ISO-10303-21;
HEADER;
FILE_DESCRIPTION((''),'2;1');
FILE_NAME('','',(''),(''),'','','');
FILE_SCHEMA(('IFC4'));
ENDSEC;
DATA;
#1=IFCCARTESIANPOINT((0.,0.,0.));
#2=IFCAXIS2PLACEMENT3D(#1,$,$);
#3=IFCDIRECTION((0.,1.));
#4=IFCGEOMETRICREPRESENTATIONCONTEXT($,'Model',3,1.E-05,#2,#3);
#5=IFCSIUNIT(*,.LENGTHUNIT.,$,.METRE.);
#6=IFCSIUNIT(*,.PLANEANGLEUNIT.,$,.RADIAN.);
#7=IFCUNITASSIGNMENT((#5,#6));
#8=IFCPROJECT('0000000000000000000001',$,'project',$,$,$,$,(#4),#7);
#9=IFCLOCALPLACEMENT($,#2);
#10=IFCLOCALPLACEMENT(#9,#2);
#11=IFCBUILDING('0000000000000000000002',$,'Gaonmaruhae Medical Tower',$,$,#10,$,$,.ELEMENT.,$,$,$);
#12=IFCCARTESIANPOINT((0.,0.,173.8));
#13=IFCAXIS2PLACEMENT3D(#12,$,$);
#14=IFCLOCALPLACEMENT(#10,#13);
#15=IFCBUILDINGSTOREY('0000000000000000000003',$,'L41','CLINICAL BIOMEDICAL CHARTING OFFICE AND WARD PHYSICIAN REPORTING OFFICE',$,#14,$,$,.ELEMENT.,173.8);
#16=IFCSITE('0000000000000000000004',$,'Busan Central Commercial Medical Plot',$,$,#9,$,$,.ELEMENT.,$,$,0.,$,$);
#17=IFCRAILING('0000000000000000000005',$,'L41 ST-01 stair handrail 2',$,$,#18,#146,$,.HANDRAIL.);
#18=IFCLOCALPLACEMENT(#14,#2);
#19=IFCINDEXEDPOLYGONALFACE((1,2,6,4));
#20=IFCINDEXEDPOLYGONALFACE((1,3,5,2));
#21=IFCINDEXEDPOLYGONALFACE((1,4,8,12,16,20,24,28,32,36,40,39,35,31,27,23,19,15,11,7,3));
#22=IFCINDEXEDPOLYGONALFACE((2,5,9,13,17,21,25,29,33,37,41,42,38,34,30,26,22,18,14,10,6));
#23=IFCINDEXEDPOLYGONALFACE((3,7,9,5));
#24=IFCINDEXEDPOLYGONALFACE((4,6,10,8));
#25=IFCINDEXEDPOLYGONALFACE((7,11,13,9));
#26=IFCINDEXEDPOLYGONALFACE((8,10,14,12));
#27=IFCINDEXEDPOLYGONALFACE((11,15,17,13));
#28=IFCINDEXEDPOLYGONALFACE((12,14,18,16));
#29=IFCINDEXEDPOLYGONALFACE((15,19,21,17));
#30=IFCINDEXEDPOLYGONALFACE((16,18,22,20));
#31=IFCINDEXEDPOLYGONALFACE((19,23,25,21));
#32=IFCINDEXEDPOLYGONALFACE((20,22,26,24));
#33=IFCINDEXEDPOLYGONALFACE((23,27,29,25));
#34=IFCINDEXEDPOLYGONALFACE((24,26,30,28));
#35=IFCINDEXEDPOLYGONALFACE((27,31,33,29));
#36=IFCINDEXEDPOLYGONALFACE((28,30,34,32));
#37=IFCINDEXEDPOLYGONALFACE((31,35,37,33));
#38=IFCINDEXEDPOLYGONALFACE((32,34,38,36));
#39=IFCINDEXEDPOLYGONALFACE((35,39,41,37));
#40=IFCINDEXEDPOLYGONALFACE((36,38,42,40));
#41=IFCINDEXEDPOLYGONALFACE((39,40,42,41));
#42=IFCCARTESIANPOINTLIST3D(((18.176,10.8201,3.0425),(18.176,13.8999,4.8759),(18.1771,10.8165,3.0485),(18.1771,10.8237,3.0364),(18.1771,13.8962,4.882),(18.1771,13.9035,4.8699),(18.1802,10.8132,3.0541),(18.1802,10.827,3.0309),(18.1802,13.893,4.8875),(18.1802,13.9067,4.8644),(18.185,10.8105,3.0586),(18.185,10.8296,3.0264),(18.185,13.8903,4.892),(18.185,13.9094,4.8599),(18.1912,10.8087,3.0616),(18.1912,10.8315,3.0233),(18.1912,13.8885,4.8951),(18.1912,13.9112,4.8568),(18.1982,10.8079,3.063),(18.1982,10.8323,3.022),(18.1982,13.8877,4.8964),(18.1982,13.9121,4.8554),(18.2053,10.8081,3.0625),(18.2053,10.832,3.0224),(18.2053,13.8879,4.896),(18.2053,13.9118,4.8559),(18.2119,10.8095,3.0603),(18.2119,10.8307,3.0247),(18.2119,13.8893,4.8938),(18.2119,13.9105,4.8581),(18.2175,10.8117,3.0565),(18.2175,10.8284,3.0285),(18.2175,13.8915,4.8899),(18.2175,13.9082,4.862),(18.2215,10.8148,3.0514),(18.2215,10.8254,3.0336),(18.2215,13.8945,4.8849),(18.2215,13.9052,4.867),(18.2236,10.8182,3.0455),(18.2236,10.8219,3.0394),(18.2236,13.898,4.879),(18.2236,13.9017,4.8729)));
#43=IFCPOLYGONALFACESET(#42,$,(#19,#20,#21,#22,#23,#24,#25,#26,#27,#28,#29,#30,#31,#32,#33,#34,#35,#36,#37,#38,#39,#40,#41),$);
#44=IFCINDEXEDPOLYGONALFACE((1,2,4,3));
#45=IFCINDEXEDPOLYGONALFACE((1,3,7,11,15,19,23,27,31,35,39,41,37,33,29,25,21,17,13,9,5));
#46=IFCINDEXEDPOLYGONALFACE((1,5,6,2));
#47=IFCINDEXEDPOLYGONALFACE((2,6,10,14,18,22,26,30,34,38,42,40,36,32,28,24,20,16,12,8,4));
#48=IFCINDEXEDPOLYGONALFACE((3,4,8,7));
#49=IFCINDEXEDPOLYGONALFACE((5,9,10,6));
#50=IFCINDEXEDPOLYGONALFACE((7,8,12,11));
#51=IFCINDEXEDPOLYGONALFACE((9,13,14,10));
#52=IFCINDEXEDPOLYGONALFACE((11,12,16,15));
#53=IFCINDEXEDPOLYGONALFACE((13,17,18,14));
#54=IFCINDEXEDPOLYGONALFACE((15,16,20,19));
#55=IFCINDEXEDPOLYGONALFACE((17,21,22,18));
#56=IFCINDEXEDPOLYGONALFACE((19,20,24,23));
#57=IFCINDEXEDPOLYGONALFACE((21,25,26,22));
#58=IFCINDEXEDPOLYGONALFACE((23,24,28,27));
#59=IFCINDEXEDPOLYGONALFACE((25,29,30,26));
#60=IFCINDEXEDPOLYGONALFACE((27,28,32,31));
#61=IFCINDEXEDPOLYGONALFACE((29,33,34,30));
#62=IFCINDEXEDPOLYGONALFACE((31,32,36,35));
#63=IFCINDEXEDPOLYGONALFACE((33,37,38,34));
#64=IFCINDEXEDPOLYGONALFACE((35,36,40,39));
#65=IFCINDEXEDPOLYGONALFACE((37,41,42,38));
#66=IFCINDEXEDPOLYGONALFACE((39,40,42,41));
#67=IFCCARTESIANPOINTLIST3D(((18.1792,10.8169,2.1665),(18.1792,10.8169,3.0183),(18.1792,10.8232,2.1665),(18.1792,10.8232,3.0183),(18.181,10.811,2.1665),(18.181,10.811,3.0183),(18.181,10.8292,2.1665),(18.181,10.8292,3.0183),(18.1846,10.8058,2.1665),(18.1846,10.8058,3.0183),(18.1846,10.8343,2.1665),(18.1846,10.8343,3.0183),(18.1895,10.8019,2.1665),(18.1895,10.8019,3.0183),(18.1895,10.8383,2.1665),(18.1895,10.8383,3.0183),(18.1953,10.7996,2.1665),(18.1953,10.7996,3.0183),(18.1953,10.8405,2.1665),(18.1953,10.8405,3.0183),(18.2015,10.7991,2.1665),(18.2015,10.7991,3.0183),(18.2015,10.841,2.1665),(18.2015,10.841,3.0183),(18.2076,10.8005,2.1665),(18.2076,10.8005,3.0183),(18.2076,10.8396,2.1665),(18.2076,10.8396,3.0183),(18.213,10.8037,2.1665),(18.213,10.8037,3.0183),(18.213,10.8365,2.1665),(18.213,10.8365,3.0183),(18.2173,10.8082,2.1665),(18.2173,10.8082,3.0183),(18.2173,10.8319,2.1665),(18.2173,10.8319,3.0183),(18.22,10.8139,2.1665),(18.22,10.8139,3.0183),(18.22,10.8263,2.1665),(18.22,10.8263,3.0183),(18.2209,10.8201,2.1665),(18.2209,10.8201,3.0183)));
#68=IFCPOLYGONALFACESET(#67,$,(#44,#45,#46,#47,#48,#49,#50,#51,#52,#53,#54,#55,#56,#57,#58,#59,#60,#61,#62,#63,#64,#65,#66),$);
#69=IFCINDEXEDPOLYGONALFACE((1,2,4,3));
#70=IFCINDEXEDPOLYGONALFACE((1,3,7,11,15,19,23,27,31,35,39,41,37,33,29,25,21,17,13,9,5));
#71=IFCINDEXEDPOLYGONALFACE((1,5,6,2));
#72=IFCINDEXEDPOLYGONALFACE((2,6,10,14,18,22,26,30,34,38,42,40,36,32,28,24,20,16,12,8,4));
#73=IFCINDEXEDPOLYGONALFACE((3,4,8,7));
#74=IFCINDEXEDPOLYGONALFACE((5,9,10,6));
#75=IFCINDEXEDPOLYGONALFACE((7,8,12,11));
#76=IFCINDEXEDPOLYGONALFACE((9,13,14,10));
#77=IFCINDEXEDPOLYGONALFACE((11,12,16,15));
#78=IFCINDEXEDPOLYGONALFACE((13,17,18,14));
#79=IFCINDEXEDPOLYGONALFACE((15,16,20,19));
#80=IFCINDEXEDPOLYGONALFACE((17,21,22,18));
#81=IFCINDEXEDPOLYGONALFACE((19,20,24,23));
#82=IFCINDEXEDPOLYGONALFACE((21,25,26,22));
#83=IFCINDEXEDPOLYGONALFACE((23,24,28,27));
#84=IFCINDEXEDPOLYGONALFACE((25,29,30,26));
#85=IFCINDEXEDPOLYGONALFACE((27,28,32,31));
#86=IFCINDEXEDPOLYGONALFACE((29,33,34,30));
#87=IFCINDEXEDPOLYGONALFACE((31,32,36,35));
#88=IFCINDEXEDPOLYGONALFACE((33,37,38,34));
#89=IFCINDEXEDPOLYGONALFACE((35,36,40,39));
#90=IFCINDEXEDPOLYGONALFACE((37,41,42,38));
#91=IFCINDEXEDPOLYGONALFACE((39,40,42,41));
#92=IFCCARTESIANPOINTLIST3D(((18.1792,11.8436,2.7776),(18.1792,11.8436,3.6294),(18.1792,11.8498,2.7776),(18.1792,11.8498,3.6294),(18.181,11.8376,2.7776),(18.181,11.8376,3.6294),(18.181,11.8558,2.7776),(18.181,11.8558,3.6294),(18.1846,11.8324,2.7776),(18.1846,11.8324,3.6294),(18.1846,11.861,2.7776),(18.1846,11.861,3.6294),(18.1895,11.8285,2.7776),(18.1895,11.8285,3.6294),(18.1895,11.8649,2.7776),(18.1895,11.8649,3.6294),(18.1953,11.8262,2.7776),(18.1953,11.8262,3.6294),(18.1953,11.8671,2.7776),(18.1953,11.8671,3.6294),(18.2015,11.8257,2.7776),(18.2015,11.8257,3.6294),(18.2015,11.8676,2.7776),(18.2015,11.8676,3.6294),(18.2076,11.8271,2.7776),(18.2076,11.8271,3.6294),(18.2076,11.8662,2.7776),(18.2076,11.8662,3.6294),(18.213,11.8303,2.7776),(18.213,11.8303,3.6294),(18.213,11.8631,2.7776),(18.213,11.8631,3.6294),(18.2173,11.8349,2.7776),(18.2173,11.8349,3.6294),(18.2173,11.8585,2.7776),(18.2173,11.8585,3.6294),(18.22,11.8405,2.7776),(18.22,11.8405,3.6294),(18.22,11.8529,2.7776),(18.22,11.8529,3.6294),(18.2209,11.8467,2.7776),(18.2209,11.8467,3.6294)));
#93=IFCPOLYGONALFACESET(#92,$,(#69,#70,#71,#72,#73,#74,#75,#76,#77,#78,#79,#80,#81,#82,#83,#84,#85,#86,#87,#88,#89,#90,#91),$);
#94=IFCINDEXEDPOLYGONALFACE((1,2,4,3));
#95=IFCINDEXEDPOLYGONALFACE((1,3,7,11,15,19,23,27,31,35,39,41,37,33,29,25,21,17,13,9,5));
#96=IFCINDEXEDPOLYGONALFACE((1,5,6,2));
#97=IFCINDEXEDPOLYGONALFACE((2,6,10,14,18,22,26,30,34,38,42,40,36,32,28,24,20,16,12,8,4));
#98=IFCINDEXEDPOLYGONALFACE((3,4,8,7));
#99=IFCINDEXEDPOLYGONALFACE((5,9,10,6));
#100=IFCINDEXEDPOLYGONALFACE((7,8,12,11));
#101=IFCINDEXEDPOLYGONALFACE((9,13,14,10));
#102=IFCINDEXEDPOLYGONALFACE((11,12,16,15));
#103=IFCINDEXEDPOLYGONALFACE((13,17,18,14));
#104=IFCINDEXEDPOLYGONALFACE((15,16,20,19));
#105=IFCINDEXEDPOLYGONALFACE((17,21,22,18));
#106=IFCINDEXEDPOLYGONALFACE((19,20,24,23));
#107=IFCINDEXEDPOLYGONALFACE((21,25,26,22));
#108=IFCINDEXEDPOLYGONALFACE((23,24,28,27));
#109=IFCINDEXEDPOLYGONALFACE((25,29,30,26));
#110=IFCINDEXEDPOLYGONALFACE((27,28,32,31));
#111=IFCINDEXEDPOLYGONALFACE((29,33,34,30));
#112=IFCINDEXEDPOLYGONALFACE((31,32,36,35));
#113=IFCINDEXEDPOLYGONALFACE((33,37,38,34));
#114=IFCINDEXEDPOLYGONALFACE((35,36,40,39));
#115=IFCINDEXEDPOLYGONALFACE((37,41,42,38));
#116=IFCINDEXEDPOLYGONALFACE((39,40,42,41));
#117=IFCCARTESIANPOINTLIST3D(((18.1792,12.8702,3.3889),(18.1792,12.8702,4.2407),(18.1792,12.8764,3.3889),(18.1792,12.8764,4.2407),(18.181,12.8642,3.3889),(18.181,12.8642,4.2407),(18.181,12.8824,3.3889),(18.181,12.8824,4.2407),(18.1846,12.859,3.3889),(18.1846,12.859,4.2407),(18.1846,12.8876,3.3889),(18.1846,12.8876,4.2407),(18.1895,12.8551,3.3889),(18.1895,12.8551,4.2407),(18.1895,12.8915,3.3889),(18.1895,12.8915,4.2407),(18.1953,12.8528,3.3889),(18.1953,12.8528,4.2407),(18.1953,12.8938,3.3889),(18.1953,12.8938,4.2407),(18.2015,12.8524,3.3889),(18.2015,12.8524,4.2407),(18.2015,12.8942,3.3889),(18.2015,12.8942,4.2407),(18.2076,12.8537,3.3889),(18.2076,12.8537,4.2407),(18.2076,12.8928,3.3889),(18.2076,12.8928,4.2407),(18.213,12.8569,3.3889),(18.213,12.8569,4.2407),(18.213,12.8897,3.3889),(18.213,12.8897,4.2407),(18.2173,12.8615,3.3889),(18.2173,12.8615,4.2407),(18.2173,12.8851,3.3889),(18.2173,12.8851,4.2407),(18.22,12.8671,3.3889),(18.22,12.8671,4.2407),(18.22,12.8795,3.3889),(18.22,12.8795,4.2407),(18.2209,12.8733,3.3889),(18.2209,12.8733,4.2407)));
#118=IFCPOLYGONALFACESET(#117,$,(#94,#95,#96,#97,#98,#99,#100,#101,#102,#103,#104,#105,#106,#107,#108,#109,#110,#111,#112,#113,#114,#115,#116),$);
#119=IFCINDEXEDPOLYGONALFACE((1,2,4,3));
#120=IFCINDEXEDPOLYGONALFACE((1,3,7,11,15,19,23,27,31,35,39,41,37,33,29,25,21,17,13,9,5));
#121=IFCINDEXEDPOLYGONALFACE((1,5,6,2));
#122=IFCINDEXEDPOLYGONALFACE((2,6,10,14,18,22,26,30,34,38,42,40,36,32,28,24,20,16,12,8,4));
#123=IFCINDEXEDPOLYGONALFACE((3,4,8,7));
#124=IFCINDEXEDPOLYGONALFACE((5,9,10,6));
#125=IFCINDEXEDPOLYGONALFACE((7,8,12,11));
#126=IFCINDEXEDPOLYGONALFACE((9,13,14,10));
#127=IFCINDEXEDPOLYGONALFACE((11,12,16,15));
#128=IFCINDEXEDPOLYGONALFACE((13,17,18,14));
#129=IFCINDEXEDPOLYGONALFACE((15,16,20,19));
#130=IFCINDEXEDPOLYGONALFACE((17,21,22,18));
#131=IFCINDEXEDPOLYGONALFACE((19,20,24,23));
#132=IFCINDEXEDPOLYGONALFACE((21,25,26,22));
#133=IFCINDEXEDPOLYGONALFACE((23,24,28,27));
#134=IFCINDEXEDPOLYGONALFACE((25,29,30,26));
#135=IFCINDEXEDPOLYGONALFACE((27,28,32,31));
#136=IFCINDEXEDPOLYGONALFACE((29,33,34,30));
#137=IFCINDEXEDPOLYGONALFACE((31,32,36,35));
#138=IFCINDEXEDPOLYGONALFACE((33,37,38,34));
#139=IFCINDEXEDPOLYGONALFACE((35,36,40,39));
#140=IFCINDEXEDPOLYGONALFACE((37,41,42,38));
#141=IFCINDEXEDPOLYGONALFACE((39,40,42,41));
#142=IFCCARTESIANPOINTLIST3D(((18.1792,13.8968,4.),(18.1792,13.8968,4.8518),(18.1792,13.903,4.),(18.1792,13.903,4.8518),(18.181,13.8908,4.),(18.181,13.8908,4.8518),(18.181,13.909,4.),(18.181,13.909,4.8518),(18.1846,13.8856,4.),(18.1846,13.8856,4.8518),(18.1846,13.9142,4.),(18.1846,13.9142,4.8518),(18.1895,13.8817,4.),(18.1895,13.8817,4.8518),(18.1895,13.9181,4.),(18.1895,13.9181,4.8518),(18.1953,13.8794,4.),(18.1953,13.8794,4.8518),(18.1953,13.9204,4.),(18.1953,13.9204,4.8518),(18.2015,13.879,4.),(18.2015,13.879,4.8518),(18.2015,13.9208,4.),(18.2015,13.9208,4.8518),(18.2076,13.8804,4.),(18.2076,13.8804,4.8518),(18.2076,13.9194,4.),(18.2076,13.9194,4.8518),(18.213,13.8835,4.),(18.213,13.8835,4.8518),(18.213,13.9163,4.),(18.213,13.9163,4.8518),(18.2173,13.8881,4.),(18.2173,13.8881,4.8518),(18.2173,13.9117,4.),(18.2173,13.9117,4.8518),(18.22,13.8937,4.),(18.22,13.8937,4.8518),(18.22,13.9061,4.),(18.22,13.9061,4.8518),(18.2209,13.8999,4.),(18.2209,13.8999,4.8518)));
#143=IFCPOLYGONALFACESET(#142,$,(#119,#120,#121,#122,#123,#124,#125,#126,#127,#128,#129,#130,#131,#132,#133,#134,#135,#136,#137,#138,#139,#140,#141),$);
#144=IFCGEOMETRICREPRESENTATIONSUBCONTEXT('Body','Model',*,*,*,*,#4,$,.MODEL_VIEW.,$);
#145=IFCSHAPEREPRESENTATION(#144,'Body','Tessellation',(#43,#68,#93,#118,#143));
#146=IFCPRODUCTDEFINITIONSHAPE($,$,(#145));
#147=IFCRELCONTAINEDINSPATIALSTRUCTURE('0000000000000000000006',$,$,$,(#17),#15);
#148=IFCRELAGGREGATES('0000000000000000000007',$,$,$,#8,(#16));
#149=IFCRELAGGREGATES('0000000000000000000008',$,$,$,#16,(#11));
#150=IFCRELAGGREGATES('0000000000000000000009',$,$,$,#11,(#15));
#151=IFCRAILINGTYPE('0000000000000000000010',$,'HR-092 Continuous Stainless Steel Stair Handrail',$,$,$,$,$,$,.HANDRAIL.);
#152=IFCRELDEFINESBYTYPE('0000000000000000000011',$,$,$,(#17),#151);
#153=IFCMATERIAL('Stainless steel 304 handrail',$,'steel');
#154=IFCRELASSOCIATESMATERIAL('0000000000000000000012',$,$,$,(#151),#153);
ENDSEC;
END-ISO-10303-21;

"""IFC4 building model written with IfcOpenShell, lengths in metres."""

from ifc_helpers import new_model, si_unit, direction, frame, origin, origin_2d, place, context, subcontext, project, spatial, circle, extrude, material, type_object, element, save


model = new_model("IFC4")

# Units and contexts
model_context = context("Model", 3, precision=1e-05, world=origin(), true_north=direction((0.0, 1.0)))
body_context = subcontext(model_context, "Body", "Model", "MODEL_VIEW")
ifc_project = project(units=[si_unit("LENGTHUNIT", "METRE"), si_unit("PLANEANGLEUNIT", "RADIAN")], contexts=[model_context])

# Site, building, storey
site_placement = place(None, origin())
site = spatial("IfcSite", under=ifc_project, at=site_placement, Name="Busan Central Commercial Medical Plot", CompositionType="ELEMENT", RefElevation=0.0)
building_placement = place(site_placement, origin())
building = spatial("IfcBuilding", under=site, at=building_placement, Name="Gaonmaruhae Medical Tower", CompositionType="ELEMENT")
storey_placement = place(building_placement, frame((0.0, 0.0, 173.8)))
storey = spatial("IfcBuildingStorey", under=building, at=storey_placement, Name="L41", Description="CLINICAL BIOMEDICAL CHARTING OFFICE AND WARD PHYSICIAN REPORTING OFFICE", CompositionType="ELEMENT", Elevation=173.8)

# Railing
ifc_material_1 = material(Name="Stainless steel 304 handrail", Category="steel")
railing_type_1 = type_object("IfcRailingType", Name="HR-092 Continuous Stainless Steel Stair Handrail", PredefinedType="HANDRAIL", material=ifc_material_1)
railing_1_placement = place(storey_placement, frame((18.2, 10.8201, 2.1665)))
element("IfcRailing", 1, at=railing_1_placement, inside=storey, type_object=railing_type_1, Name="L41 ST-01 stair handrail 2", PredefinedType="HANDRAIL", context=body_context, shape_type="SweptSolid", body=[
    extrude(circle(Radius=0.0239, at=origin_2d()), frame((0.0, 0.0, 0.876), z_axis=(0.0, 0.859261, 0.511538), x_axis=(-1.0, 0.0, 0.0)), (0.0, 0.0, 1.0), 3.5842),
    extrude(circle(Radius=0.021, at=origin_2d()), origin(), (0.0, 0.0, 1.0), 0.8518),
    extrude(circle(Radius=0.021, at=origin_2d()), frame((0.0, 1.0266, 0.6111)), (0.0, 0.0, 1.0), 0.8518),
    extrude(circle(Radius=0.021, at=origin_2d()), frame((0.0, 2.0532, 1.2224)), (0.0, 0.0, 1.0), 0.8518),
    extrude(circle(Radius=0.021, at=origin_2d()), frame((0.0, 3.0798, 1.8335)), (0.0, 0.0, 1.0), 0.8518),
])

save(model, "model.ifc")
